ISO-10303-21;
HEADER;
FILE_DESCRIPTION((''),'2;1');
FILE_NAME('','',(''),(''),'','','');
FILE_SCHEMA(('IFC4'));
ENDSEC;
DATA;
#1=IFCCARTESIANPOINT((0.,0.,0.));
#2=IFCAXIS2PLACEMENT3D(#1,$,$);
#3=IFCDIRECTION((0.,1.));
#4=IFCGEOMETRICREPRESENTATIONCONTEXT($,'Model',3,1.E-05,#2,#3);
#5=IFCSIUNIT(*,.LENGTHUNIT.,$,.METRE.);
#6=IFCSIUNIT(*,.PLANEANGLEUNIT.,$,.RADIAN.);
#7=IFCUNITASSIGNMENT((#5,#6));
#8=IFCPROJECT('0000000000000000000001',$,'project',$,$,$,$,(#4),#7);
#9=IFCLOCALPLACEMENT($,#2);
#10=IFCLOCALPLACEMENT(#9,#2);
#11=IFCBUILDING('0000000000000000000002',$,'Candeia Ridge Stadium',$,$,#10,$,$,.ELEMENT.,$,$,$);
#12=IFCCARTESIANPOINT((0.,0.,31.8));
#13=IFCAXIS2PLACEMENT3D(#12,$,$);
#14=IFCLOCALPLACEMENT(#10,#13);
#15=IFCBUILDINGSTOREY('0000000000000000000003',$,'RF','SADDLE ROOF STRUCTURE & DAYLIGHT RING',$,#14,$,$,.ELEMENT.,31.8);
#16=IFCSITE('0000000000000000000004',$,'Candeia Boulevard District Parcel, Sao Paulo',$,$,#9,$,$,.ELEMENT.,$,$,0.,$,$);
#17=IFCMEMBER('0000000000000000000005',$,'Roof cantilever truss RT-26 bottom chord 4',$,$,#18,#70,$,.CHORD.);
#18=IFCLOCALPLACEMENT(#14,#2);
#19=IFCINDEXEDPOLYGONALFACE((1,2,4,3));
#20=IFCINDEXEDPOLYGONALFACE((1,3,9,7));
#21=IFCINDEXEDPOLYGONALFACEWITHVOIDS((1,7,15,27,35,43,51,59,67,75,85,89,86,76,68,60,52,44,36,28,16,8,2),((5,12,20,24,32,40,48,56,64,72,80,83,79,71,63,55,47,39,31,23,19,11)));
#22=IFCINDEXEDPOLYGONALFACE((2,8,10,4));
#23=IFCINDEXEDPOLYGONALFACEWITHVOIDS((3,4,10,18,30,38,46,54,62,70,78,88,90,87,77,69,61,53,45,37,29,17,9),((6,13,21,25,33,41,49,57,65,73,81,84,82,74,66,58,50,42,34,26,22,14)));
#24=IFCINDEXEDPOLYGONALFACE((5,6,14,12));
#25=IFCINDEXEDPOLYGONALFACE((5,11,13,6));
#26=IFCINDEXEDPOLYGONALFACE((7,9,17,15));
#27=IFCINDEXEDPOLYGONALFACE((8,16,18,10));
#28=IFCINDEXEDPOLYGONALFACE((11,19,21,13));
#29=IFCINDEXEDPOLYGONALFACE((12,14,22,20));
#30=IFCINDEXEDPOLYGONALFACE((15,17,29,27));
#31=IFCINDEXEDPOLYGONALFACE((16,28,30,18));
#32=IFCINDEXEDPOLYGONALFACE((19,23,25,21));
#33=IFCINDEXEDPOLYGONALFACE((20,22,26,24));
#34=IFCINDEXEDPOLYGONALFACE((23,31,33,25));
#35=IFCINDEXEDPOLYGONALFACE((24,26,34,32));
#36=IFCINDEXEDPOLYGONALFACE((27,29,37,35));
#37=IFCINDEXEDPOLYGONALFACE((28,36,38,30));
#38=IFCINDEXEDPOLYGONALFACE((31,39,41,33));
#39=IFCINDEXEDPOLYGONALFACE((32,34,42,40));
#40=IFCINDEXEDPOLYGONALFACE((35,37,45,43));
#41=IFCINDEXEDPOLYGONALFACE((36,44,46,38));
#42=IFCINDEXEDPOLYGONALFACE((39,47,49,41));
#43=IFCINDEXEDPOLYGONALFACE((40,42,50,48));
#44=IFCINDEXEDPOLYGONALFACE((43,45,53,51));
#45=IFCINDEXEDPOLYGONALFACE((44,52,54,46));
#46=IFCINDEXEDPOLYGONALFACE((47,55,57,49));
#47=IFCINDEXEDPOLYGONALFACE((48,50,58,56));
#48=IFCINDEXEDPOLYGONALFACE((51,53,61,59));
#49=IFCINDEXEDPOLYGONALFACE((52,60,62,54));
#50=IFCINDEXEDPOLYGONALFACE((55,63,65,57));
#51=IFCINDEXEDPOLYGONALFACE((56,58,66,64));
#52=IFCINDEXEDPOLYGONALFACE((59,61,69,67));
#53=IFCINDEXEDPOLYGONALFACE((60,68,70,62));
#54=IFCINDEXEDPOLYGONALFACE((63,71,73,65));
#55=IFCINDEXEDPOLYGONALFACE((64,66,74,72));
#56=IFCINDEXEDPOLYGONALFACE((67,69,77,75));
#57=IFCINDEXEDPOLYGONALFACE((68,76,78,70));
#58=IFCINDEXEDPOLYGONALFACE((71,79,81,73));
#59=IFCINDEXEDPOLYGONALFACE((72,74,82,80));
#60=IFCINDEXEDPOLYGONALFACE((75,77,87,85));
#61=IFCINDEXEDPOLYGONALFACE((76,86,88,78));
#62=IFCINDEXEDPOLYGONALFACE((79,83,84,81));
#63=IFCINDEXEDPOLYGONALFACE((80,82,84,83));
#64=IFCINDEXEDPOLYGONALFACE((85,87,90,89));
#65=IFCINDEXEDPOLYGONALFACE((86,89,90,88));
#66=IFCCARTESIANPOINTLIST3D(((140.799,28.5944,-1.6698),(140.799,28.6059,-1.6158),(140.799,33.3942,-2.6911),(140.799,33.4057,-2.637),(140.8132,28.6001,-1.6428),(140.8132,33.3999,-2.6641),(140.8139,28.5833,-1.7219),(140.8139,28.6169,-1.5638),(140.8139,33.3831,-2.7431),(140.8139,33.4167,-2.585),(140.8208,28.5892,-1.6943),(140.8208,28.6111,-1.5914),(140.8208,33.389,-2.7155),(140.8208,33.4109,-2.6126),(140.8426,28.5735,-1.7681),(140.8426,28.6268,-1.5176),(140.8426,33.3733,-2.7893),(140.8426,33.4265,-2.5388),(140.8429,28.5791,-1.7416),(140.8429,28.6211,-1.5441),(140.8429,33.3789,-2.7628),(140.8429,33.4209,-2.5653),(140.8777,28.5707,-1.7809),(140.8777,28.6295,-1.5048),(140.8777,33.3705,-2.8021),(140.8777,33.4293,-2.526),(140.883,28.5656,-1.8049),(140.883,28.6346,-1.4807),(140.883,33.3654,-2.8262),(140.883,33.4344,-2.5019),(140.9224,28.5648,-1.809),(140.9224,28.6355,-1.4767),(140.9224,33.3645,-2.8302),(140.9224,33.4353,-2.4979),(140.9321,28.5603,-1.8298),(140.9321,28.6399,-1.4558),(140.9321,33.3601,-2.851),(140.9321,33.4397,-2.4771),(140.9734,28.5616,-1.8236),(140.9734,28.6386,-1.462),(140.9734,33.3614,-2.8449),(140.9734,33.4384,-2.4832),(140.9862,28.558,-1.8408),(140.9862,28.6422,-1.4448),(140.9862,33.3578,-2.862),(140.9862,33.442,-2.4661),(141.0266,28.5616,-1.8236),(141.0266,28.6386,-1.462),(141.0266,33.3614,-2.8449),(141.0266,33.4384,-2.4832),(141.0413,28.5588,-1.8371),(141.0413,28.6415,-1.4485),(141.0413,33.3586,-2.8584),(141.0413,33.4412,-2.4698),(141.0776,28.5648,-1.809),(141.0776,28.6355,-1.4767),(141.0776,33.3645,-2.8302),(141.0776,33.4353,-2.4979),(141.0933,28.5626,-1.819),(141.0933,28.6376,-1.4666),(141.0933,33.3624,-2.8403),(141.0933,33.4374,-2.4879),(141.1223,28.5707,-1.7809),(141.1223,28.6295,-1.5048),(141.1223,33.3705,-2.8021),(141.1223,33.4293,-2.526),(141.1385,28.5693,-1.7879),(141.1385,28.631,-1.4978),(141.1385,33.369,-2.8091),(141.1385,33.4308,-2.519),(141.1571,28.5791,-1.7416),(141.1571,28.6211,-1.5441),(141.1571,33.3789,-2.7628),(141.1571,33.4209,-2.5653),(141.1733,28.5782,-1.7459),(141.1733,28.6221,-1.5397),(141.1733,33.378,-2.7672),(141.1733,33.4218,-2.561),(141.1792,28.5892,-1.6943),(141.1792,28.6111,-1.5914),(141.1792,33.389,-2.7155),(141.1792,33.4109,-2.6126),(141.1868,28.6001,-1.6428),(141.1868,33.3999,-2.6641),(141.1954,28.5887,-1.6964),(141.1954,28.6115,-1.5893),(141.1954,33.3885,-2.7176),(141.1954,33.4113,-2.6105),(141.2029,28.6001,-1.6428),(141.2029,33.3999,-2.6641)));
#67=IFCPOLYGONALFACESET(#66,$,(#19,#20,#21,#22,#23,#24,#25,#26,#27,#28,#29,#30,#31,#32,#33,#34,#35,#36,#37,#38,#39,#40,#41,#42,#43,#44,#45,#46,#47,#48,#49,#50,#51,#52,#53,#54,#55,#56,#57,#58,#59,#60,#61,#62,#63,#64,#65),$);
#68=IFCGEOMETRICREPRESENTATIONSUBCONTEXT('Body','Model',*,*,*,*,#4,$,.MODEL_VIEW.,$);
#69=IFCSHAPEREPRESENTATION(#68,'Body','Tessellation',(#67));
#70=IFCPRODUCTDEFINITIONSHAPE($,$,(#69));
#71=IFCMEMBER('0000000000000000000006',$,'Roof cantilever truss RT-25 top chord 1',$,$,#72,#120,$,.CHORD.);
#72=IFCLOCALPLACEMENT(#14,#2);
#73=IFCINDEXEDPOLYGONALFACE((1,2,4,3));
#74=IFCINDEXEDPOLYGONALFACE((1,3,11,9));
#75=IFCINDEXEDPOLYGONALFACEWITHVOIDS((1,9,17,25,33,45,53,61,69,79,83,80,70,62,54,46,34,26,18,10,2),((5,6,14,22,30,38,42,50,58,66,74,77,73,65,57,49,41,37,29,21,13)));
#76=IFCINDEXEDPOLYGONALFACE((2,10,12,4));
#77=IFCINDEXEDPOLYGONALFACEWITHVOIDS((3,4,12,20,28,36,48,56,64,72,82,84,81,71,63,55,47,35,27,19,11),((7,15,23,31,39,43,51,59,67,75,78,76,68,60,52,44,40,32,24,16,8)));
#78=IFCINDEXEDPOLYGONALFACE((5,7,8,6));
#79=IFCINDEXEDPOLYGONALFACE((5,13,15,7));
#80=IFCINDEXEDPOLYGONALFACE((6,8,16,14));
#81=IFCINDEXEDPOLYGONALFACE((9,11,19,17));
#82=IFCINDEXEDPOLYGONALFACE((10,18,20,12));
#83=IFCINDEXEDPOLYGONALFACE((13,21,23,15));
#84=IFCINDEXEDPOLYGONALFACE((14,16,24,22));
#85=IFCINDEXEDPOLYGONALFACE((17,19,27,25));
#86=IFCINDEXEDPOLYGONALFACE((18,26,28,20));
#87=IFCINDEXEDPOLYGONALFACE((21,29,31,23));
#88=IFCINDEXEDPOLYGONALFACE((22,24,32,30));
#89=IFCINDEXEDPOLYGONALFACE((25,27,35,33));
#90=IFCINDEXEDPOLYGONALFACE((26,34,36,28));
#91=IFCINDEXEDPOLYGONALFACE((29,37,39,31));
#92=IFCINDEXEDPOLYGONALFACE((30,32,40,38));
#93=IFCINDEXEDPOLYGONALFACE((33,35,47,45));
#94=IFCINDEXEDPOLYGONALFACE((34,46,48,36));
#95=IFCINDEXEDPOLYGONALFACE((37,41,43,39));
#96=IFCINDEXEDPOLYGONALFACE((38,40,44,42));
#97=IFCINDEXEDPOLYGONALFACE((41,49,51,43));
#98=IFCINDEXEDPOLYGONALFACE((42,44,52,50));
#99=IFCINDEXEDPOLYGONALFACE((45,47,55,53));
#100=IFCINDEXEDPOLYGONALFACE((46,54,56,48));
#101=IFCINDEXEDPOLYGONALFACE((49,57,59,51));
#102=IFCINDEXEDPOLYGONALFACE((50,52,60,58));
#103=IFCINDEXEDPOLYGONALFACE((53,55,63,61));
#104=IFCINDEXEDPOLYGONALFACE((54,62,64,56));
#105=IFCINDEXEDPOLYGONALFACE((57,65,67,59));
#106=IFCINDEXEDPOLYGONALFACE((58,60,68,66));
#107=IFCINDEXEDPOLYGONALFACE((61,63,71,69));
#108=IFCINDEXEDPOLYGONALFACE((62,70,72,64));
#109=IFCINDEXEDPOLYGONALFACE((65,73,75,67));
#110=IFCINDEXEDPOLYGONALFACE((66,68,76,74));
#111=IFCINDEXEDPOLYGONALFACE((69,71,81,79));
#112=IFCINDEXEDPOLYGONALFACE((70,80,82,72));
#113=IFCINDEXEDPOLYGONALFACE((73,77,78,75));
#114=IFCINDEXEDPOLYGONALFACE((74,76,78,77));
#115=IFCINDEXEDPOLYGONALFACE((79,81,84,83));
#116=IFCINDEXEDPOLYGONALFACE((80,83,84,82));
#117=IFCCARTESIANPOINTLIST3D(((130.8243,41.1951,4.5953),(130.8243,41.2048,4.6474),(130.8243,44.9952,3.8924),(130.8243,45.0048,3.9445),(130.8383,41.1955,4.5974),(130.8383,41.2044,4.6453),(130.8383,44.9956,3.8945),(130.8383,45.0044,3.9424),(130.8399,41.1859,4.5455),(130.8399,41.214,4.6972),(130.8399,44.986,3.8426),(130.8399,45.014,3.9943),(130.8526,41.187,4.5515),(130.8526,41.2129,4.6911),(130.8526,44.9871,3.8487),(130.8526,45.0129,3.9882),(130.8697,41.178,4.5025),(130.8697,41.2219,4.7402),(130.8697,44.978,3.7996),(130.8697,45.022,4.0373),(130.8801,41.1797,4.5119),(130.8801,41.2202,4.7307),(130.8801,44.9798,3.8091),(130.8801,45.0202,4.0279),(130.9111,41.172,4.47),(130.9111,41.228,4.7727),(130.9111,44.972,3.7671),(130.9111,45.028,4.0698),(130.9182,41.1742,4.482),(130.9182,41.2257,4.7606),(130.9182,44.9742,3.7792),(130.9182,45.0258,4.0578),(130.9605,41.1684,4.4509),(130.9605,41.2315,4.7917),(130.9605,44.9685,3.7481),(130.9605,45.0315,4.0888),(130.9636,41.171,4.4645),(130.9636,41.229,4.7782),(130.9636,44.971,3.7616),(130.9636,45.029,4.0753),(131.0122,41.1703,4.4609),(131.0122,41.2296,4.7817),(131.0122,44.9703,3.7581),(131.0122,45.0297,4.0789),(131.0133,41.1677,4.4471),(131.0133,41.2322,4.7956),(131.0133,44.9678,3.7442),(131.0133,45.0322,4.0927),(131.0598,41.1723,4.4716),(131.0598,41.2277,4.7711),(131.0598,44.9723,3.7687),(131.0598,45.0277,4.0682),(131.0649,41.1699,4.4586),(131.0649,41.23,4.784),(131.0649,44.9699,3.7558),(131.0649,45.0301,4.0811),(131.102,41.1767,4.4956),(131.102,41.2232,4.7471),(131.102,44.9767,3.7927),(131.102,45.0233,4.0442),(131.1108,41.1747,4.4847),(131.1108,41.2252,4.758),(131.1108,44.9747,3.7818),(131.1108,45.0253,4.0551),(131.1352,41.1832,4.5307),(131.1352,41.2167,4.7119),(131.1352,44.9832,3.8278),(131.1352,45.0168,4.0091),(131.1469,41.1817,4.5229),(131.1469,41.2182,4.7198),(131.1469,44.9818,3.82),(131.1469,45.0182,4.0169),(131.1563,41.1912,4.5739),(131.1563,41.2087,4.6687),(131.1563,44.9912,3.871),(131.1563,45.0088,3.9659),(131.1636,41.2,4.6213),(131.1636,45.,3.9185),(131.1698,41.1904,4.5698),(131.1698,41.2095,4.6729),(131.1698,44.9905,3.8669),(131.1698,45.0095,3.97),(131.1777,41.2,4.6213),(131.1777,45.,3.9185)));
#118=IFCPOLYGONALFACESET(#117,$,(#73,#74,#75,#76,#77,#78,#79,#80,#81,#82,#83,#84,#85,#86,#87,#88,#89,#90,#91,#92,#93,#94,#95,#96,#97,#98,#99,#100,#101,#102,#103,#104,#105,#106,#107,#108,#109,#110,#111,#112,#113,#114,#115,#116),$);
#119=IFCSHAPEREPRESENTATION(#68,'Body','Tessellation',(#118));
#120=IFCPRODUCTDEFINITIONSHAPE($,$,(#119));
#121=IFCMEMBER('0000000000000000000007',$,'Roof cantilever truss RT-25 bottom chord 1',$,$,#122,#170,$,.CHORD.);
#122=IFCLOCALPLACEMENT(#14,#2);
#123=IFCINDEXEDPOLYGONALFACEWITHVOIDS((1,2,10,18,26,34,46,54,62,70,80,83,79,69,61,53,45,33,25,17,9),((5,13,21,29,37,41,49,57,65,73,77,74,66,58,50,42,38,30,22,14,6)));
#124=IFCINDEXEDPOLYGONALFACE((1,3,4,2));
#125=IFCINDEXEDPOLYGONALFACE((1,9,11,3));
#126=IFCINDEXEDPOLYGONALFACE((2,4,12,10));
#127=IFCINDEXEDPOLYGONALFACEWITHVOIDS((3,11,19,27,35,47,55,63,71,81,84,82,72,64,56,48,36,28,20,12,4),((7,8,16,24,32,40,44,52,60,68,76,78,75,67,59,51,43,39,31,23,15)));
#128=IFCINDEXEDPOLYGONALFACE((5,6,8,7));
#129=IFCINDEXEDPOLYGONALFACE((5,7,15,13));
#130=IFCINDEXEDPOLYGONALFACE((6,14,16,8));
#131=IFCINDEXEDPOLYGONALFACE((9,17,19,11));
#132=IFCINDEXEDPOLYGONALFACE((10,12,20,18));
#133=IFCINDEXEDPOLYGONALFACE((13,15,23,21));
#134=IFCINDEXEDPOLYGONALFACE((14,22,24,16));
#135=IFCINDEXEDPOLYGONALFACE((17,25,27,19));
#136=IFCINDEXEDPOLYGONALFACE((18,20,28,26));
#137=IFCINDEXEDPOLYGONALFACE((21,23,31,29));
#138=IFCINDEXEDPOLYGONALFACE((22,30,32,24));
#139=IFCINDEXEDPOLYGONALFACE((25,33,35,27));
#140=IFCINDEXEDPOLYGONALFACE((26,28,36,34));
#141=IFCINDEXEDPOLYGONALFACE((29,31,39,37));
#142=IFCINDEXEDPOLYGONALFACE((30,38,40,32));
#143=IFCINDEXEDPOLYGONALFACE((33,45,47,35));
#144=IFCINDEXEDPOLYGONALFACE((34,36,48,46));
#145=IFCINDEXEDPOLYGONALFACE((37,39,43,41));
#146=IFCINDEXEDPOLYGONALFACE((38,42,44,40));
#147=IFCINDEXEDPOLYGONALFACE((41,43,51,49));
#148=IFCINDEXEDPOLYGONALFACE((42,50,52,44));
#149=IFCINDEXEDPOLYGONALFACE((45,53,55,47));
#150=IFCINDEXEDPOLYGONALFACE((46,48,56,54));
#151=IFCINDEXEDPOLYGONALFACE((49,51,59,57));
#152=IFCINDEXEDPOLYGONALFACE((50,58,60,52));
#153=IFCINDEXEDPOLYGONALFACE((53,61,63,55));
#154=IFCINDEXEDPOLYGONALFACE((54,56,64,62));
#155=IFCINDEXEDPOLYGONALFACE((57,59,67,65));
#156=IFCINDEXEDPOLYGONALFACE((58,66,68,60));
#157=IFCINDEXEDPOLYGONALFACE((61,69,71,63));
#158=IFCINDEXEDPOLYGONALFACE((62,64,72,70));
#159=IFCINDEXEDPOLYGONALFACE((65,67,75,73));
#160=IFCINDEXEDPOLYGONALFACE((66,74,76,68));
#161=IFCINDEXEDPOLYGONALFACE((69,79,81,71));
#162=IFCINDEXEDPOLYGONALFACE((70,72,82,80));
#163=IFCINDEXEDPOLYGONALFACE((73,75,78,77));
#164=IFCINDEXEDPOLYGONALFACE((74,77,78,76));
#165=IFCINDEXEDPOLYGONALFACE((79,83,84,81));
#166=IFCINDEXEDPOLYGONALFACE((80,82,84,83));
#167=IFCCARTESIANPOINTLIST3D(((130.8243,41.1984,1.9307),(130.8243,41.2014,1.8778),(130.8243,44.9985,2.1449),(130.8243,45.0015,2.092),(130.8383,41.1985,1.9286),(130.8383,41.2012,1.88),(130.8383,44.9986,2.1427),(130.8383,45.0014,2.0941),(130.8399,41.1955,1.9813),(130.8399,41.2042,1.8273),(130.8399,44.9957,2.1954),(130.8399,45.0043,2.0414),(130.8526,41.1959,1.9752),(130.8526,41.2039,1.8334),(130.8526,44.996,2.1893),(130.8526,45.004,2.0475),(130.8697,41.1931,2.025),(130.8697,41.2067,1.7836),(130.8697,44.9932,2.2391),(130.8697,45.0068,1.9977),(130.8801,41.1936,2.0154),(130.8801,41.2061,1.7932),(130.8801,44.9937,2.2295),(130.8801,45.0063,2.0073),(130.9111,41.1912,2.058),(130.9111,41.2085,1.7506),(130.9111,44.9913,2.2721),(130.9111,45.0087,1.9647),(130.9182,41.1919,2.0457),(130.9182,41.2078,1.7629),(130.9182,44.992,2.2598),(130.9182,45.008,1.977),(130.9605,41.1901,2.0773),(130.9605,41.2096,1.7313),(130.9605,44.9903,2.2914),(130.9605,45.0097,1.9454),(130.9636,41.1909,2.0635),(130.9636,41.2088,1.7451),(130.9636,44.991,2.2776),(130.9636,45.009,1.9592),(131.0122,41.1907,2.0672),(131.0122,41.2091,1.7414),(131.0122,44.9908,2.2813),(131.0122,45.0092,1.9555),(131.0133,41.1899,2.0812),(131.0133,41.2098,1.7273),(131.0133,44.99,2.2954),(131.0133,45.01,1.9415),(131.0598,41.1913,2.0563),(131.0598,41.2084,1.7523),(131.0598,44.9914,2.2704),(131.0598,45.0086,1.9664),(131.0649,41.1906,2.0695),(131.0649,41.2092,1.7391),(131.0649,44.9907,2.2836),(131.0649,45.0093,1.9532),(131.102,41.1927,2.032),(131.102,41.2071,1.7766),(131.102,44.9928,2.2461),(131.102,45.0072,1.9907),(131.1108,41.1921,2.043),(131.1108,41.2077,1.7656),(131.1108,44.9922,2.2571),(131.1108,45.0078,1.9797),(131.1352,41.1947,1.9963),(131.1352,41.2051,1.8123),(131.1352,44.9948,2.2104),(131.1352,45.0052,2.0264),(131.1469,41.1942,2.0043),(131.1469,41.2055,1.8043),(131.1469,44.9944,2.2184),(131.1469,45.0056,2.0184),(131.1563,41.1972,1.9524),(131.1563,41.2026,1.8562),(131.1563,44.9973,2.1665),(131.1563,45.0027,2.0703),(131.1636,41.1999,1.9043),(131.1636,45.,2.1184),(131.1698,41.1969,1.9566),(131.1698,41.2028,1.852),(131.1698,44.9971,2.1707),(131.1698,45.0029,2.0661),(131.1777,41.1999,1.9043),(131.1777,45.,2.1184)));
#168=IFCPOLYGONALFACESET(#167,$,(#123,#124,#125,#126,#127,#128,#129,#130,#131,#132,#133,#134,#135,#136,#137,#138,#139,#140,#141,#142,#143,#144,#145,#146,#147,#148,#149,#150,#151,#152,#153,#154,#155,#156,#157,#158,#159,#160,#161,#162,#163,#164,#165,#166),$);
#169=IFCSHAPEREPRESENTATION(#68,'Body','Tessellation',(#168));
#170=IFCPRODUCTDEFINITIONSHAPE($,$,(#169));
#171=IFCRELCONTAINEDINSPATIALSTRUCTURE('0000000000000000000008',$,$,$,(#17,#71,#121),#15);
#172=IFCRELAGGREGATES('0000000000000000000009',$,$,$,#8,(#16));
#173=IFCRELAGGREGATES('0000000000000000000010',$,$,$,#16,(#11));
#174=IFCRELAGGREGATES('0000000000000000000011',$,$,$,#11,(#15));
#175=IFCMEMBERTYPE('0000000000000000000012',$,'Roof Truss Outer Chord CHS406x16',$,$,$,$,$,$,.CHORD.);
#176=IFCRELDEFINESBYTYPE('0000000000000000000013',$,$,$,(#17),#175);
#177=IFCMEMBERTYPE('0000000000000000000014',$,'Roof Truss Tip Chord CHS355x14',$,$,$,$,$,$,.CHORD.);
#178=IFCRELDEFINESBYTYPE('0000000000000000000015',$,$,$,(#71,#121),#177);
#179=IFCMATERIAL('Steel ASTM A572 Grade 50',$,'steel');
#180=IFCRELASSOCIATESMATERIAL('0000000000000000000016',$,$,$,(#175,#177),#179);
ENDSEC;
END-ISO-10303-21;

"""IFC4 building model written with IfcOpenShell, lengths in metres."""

from ifc_helpers import new_model, si_unit, direction, frame, origin, origin_2d, place, context, subcontext, project, spatial, hollow_circle, extrude, material, material_profile, profile_set, type_object, element, save


model = new_model("IFC4")

# Units and contexts
model_context = context("Model", 3, precision=1e-05, world=origin(), true_north=direction((0.0, 1.0)))
body_context = subcontext(model_context, "Body", "Model", "MODEL_VIEW")
ifc_project = project(units=[si_unit("LENGTHUNIT", "METRE"), si_unit("PLANEANGLEUNIT", "RADIAN")], contexts=[model_context])

# Site, building, storey
site_placement = place(None, origin())
site = spatial("IfcSite", under=ifc_project, at=site_placement, Name="Candeia Boulevard District Parcel, Sao Paulo", CompositionType="ELEMENT", RefElevation=0.0)
building_placement = place(site_placement, origin())
building = spatial("IfcBuilding", under=site, at=building_placement, Name="Candeia Ridge Stadium", CompositionType="ELEMENT")
storey_placement = place(building_placement, frame((0.0, 0.0, 31.8)))
storey = spatial("IfcBuildingStorey", under=building, at=storey_placement, Name="RF", Description="SADDLE ROOF STRUCTURE & DAYLIGHT RING", CompositionType="ELEMENT", Elevation=31.8)

# Shared definitions
ifc_material_1 = material(Name="Steel ASTM A572 Grade 50", Category="steel")

# Members
ifc_material_profile_1 = material_profile(ifc_material_1, hollow_circle(Radius=0.2029, WallThickness=0.0161, at=origin_2d()), Name="CHS406x16", Category="steel")
ifc_profile_set_1 = profile_set([ifc_material_profile_1], Name="Steel ASTM A572 Grade 50")
member_type_1 = type_object("IfcMemberType", Name="Roof Truss Outer Chord CHS406x16", PredefinedType="CHORD", material=ifc_profile_set_1)
member_1_placement = place(storey_placement, frame((141.0, 33.3999, -2.6641), z_axis=(0.0, -0.978106, 0.208109), x_axis=(1.0, 0.0, 0.0)))
element("IfcMember", 1, at=member_1_placement, inside=storey, type_object=member_type_1, Name="Roof cantilever truss RT-26 bottom chord 4", PredefinedType="CHORD", context=body_context, shape_type="SweptSolid", body=[
    extrude(hollow_circle(Radius=0.2029, WallThickness=0.0161, at=origin_2d()), origin(), (0.0, 0.0, 1.0), 4.9072),
])
ifc_material_profile_2 = material_profile(ifc_material_1, hollow_circle(Radius=0.1777, WallThickness=0.0142, at=origin_2d()), Name="CHS355x14", Category="steel")
ifc_profile_set_2 = profile_set([ifc_material_profile_2], Name="Steel ASTM A572 Grade 50")
member_type_2 = type_object("IfcMemberType", Name="Roof Truss Tip Chord CHS355x14", PredefinedType="CHORD", material=ifc_profile_set_2)
member_2_placement = place(storey_placement, frame((131.0, 45.0, 3.9185), z_axis=(0.0, -0.983321, 0.181881), x_axis=(1.0, 0.0, 0.0)))
element("IfcMember", 2, at=member_2_placement, inside=storey, type_object=member_type_2, Name="Roof cantilever truss RT-25 top chord 1", PredefinedType="CHORD", context=body_context, shape_type="SweptSolid", body=[
    extrude(hollow_circle(Radius=0.1777, WallThickness=0.0142, at=origin_2d()), origin(), (0.0, 0.0, 1.0), 3.8645),
])
member_3_placement = place(storey_placement, frame((131.0, 45.0, 2.1184), z_axis=(0.0, -0.998416, -0.056255), x_axis=(1.0, 0.0, 0.0)))
element("IfcMember", 3, at=member_3_placement, inside=storey, type_object=member_type_2, Name="Roof cantilever truss RT-25 bottom chord 1", PredefinedType="CHORD", context=body_context, shape_type="SweptSolid", body=[
    extrude(hollow_circle(Radius=0.1777, WallThickness=0.0142, at=origin_2d()), origin(), (0.0, 0.0, 1.0), 3.8062),
])

save(model, "model.ifc")
